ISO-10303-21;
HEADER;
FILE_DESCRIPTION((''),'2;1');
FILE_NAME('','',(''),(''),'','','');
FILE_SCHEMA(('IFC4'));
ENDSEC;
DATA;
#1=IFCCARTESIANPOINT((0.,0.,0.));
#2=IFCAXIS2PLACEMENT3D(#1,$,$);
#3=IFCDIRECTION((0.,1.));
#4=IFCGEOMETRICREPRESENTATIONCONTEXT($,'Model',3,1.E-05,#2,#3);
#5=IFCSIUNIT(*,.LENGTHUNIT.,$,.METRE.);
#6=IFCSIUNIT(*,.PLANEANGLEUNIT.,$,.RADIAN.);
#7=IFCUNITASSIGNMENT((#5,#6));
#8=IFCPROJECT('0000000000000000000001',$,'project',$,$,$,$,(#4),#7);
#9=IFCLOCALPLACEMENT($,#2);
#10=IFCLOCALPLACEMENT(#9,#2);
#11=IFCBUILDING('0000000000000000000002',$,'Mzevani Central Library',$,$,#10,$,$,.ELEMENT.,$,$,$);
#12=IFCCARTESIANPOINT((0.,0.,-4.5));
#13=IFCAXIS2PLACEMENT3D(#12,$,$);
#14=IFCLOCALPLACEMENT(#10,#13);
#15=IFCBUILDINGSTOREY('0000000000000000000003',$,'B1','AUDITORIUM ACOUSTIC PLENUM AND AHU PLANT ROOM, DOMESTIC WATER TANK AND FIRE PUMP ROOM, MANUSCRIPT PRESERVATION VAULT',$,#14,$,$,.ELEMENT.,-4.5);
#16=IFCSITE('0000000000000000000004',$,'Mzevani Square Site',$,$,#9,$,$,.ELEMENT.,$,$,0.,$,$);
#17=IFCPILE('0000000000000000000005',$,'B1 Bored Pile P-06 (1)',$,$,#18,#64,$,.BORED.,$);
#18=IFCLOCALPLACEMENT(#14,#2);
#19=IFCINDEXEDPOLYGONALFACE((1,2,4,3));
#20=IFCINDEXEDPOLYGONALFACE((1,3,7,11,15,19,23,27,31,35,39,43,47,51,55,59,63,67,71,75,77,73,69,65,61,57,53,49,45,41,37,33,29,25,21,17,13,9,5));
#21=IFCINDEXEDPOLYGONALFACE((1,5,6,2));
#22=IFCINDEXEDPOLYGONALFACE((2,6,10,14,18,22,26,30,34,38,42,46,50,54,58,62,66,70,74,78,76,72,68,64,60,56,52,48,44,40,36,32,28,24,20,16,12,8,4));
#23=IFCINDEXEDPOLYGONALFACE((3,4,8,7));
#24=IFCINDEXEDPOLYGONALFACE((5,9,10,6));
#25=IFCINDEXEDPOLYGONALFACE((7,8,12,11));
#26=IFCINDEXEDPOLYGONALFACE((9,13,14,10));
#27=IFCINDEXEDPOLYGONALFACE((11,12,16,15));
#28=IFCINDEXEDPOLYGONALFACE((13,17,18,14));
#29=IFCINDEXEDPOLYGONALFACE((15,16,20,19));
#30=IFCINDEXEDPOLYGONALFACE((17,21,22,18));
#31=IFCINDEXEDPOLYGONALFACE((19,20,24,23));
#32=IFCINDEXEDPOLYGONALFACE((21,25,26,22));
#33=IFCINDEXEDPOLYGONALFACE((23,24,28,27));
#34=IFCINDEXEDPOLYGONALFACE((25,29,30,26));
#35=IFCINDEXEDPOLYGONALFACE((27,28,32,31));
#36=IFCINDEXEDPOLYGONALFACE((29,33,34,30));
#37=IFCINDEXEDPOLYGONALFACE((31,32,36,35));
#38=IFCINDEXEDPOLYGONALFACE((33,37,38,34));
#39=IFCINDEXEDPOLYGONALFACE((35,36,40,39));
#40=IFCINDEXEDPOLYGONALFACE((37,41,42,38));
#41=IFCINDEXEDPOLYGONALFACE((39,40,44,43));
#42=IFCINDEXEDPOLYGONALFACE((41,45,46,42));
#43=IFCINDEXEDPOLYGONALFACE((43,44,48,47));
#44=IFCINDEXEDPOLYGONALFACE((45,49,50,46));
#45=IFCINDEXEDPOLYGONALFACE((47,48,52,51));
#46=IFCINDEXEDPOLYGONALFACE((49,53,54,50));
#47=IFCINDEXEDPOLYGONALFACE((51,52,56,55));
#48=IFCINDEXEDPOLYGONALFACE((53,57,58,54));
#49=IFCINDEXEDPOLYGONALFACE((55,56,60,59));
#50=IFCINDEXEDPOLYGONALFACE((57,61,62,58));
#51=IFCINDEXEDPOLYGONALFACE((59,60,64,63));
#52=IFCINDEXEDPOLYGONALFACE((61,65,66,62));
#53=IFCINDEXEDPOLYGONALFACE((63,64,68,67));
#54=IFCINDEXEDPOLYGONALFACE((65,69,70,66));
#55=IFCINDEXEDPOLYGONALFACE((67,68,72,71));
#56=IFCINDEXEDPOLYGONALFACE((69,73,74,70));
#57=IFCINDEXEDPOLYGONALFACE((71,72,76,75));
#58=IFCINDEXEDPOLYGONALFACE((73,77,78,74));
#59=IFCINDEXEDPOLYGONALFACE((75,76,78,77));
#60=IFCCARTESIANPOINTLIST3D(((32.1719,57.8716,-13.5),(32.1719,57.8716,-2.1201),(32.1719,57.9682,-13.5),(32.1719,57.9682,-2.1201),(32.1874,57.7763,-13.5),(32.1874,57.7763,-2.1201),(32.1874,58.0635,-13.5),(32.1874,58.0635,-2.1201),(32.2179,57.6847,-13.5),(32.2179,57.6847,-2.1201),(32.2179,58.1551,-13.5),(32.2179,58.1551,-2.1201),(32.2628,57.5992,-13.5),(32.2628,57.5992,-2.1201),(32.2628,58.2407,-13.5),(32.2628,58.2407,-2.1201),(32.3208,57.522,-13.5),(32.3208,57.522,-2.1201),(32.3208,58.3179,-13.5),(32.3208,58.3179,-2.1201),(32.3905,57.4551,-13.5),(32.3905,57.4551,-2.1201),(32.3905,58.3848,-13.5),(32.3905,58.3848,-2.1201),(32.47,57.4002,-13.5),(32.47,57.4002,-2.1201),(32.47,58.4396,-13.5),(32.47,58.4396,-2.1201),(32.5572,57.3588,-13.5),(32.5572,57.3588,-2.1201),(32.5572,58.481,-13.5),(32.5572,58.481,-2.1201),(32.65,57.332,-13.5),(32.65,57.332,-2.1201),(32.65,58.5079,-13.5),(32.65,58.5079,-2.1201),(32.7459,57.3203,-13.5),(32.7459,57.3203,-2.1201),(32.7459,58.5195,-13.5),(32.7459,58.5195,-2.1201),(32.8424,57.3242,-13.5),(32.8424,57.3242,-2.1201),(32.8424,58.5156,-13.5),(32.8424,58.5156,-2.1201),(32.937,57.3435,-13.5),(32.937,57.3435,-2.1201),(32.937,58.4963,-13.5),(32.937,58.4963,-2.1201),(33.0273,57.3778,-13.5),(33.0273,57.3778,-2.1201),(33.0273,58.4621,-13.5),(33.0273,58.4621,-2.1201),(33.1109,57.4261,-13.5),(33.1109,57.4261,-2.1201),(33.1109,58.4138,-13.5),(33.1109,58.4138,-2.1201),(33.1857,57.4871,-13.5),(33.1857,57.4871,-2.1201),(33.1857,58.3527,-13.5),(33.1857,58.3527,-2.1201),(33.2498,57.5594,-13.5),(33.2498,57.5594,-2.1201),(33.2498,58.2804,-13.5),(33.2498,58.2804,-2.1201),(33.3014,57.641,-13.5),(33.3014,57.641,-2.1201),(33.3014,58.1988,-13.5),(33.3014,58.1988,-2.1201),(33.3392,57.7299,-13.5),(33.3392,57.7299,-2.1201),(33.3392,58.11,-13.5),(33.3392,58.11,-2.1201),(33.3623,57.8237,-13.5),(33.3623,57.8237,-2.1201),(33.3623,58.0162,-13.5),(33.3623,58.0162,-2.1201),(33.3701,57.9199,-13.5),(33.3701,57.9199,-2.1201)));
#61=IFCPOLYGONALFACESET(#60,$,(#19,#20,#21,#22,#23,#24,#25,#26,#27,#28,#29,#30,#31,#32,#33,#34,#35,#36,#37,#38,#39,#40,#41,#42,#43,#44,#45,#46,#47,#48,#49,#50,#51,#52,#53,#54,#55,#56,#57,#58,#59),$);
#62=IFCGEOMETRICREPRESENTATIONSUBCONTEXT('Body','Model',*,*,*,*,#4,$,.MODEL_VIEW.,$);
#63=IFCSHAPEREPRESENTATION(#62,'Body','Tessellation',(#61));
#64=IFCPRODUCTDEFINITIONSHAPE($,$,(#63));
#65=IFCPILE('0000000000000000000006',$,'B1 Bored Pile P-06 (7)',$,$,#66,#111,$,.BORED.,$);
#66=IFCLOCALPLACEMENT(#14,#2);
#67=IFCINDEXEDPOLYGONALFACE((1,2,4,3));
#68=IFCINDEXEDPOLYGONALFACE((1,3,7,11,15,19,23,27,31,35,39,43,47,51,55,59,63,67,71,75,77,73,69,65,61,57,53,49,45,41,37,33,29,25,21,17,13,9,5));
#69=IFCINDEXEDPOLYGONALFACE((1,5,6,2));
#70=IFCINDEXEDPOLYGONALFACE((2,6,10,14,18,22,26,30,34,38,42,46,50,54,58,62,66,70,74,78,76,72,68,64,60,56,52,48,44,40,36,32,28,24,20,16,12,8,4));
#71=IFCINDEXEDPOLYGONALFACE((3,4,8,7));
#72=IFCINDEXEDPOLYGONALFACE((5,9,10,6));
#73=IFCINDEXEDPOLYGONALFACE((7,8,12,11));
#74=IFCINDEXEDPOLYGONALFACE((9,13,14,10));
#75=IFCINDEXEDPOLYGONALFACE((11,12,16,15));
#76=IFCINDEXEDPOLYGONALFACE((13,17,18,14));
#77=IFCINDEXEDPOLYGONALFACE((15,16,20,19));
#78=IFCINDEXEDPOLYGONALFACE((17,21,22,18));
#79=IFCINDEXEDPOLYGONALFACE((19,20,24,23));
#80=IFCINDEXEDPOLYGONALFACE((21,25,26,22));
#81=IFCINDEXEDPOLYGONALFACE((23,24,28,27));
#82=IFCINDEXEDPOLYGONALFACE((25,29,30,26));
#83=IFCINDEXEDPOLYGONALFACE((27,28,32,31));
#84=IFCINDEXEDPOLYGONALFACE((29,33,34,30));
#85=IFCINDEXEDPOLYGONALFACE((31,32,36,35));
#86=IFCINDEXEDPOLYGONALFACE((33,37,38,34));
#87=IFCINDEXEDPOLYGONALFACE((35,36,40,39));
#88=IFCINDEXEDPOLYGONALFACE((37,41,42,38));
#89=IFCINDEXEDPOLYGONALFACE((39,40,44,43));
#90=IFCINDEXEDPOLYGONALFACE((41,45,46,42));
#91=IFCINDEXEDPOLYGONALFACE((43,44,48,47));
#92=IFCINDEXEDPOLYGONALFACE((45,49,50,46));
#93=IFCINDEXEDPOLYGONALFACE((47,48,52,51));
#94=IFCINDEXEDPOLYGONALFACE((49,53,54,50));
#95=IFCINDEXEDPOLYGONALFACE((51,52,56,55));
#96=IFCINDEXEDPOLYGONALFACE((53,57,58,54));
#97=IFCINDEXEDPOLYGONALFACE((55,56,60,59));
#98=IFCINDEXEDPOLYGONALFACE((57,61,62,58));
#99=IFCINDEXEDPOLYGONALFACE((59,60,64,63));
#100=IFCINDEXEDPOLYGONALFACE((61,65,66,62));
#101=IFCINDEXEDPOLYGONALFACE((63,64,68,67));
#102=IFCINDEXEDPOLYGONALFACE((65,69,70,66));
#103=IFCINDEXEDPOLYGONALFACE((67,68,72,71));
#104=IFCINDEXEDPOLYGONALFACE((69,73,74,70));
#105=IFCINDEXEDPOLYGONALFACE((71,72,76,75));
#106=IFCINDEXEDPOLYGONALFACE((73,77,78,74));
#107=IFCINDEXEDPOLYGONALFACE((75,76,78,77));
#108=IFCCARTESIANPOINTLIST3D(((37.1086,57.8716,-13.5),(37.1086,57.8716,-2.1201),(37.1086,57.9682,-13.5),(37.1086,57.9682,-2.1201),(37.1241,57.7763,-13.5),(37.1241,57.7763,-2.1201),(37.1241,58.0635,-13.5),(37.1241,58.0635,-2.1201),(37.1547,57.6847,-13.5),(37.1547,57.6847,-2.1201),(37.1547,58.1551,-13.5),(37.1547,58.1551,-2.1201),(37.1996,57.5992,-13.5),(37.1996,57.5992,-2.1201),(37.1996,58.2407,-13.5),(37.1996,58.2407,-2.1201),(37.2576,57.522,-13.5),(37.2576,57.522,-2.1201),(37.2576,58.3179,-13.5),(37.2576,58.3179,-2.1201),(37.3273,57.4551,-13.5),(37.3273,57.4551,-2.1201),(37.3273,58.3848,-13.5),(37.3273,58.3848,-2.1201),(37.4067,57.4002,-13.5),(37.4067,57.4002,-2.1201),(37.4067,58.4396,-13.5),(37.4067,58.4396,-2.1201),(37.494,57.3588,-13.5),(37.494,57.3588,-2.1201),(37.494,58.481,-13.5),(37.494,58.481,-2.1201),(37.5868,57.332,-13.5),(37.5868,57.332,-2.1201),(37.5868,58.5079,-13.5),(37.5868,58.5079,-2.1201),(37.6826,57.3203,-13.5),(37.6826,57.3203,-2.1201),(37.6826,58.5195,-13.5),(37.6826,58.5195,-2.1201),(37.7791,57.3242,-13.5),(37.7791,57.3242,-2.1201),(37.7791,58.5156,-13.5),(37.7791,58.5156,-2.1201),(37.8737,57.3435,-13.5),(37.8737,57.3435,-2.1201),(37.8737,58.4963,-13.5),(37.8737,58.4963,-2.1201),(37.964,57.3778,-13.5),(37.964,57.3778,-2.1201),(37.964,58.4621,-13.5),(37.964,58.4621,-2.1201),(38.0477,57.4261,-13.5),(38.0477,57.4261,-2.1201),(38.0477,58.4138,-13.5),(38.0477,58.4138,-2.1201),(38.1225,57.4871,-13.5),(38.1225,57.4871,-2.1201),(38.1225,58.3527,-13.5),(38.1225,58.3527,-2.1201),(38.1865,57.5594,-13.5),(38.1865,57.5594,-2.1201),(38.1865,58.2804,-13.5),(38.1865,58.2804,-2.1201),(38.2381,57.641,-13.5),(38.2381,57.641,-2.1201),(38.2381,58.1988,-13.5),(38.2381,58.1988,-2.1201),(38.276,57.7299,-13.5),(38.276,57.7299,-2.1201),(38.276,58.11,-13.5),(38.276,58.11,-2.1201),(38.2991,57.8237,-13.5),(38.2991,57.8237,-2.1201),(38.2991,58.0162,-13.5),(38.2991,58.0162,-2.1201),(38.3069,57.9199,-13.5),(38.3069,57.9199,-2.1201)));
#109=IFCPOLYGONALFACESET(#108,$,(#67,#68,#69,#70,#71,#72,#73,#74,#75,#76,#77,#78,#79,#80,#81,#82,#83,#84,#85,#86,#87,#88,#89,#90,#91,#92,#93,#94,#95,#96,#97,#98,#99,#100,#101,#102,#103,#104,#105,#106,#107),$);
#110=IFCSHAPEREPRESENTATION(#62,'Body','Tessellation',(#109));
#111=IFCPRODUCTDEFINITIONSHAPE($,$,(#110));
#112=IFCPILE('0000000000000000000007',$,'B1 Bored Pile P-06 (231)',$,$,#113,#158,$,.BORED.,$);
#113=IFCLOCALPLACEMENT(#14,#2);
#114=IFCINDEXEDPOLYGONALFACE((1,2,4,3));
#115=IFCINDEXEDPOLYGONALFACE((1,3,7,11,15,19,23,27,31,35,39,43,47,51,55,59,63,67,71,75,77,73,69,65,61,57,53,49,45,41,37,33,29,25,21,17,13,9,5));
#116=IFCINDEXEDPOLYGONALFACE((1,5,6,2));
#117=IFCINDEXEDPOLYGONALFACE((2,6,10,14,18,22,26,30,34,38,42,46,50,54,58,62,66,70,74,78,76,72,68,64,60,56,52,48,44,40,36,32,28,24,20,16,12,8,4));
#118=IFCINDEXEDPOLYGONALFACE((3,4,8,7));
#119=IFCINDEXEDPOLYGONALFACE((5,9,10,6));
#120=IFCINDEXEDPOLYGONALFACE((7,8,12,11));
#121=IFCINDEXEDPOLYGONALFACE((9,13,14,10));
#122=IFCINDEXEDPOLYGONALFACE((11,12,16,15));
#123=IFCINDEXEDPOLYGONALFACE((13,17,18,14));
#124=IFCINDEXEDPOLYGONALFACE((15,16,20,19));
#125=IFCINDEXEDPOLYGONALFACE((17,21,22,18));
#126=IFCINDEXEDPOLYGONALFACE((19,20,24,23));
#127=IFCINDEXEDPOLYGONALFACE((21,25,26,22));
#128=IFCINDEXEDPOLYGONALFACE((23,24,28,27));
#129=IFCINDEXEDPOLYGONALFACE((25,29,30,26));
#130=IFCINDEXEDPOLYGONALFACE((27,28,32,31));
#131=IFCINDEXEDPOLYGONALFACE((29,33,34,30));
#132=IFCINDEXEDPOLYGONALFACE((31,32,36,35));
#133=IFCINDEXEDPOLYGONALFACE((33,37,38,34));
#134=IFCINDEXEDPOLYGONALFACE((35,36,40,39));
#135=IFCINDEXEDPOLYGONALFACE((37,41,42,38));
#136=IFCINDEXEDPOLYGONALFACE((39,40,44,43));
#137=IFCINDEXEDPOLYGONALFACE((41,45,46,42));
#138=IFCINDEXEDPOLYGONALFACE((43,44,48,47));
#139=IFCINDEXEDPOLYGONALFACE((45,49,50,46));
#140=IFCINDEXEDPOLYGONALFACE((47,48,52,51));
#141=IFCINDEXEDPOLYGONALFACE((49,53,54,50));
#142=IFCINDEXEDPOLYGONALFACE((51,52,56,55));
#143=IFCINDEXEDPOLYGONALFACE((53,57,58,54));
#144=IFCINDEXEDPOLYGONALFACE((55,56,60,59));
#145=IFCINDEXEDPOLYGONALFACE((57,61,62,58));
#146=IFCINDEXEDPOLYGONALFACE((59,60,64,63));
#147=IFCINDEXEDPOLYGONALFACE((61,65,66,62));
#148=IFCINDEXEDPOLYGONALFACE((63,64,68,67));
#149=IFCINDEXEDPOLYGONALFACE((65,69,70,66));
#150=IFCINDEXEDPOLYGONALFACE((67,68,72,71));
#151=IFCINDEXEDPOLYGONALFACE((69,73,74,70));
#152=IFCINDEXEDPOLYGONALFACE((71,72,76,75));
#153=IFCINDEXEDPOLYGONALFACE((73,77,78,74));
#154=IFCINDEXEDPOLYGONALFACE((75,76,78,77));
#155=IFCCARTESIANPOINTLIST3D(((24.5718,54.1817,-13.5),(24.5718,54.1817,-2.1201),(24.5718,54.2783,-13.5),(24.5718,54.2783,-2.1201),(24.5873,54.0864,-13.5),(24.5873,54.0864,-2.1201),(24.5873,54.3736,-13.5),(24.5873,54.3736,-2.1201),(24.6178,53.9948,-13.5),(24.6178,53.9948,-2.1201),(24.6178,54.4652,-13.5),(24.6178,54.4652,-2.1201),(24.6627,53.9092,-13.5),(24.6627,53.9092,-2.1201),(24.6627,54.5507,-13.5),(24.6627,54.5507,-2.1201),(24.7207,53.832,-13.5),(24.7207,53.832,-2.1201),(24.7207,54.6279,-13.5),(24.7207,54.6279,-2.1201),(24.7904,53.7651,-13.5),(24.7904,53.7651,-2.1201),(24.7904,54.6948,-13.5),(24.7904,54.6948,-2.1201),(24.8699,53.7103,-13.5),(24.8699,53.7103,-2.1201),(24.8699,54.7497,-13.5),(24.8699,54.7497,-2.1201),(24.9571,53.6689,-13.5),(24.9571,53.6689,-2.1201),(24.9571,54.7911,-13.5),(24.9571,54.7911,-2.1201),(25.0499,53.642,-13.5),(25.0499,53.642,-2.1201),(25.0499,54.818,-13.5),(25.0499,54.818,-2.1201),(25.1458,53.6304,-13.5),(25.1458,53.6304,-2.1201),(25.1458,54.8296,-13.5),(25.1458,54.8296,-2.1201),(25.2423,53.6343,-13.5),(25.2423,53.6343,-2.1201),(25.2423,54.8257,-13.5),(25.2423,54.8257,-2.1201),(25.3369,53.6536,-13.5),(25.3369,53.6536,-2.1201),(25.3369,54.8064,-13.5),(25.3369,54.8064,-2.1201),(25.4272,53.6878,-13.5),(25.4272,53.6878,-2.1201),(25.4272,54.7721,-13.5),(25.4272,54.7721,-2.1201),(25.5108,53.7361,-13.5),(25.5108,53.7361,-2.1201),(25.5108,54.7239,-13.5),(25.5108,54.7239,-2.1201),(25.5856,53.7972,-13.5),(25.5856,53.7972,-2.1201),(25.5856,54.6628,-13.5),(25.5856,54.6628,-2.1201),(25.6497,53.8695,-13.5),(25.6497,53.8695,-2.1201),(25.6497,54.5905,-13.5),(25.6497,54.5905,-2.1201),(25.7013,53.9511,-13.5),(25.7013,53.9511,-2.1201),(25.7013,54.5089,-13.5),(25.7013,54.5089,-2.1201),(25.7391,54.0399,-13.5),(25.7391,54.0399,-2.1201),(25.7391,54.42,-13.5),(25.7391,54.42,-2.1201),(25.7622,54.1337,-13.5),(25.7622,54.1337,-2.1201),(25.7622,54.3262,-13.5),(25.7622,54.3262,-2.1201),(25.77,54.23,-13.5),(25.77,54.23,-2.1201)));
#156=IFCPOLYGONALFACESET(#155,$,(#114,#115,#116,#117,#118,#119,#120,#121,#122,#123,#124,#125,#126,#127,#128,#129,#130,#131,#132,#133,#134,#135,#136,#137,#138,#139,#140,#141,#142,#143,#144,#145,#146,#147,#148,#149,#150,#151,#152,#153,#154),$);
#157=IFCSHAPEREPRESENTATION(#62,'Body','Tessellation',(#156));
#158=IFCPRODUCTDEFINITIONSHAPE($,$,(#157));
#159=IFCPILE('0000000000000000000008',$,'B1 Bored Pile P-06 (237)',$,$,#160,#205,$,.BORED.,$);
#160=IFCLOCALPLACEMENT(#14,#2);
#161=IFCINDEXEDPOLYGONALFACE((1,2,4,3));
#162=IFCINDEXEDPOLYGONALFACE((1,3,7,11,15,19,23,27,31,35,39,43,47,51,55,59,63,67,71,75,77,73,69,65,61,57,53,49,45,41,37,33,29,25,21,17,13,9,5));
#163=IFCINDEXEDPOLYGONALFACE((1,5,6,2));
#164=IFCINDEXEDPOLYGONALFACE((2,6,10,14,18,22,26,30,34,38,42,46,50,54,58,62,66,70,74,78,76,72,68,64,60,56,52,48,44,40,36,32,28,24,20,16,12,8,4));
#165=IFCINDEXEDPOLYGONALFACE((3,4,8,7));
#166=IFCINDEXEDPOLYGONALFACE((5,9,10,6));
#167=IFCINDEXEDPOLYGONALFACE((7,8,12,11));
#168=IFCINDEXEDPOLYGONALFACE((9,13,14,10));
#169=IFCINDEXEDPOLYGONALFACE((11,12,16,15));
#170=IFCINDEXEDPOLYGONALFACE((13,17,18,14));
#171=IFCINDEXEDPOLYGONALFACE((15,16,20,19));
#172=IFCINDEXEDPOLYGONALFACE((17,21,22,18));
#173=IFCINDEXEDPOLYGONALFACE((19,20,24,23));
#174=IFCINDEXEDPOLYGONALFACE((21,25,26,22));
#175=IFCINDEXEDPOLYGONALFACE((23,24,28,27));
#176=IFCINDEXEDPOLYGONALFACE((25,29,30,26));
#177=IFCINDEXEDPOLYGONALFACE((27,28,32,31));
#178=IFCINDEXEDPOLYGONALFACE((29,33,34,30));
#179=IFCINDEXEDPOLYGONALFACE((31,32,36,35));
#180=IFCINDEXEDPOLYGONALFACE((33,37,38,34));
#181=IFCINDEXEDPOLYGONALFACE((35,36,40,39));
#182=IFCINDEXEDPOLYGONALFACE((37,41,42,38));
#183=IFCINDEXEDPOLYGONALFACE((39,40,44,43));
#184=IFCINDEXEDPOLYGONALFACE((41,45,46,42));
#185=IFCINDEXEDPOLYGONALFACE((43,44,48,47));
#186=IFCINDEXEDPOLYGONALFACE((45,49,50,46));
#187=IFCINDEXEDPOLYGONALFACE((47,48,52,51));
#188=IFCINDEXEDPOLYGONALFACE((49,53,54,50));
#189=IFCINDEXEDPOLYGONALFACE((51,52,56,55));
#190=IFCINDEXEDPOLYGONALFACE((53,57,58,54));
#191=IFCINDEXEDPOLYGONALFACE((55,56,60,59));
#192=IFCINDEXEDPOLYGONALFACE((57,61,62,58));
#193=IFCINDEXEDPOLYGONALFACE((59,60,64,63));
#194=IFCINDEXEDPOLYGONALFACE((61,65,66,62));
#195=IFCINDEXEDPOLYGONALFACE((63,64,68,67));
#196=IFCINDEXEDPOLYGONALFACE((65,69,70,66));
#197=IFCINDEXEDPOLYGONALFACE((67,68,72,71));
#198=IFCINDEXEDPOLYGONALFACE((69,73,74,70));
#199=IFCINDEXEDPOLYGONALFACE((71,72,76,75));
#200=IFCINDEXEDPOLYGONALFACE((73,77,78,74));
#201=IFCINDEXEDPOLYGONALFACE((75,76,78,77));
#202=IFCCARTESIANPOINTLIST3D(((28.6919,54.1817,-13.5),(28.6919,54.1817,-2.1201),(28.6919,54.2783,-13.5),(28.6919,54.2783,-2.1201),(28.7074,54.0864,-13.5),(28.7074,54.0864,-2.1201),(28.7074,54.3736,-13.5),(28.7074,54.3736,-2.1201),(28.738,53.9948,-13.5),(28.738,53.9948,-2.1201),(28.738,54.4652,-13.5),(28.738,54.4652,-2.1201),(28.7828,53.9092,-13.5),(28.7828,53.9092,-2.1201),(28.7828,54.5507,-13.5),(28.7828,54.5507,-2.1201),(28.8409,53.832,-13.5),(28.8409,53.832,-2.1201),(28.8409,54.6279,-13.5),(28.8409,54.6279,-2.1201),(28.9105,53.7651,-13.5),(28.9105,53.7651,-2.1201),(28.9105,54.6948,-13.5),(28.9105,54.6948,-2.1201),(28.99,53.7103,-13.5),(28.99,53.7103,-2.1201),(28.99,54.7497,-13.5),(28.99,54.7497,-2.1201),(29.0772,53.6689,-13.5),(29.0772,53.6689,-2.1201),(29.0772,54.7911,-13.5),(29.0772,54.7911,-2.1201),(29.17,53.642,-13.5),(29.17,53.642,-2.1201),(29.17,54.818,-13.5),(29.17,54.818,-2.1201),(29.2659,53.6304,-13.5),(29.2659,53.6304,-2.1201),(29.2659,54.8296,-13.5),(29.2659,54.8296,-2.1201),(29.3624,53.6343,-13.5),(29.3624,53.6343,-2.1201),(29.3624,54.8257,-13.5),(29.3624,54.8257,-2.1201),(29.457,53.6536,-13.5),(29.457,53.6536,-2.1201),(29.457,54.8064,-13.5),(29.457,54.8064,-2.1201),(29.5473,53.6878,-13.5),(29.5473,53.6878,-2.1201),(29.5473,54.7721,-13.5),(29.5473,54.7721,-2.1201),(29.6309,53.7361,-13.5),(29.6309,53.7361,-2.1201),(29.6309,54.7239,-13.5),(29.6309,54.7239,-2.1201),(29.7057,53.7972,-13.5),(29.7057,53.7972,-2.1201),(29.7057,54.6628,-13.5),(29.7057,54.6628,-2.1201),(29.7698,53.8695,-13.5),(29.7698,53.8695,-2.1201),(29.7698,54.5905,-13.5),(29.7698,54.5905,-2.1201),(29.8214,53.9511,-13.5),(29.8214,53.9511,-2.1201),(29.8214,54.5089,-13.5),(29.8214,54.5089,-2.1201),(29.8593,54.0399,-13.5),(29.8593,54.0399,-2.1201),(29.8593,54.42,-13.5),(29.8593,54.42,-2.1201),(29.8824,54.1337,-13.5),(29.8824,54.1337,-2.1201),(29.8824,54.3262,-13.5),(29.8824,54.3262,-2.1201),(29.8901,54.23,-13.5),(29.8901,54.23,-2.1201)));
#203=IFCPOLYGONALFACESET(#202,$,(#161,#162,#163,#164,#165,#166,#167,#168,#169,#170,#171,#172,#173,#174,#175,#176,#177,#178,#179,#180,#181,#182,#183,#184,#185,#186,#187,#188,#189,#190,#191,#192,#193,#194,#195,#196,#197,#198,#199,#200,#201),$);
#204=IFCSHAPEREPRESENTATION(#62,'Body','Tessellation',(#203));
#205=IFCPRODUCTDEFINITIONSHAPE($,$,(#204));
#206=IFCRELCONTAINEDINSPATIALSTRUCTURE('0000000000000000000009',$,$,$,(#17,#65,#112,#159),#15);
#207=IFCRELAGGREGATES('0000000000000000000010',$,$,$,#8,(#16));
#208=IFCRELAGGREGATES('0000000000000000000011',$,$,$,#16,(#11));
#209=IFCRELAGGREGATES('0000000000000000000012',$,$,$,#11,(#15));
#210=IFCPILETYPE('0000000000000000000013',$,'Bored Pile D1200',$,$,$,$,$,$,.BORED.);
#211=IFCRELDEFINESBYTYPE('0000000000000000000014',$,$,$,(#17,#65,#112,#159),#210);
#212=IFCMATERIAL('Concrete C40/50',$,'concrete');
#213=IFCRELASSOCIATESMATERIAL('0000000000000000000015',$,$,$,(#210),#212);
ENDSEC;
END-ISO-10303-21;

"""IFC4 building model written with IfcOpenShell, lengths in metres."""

from ifc_helpers import new_model, si_unit, direction, frame, origin, origin_2d, place, context, subcontext, project, spatial, circle, extrude, material, material_profile, profile_set, type_object, element, save


model = new_model("IFC4")

# Units and contexts
model_context = context("Model", 3, precision=1e-05, world=origin(), true_north=direction((0.0, 1.0)))
body_context = subcontext(model_context, "Body", "Model", "MODEL_VIEW")
ifc_project = project(units=[si_unit("LENGTHUNIT", "METRE"), si_unit("PLANEANGLEUNIT", "RADIAN")], contexts=[model_context])

# Site, building, storey
site_placement = place(None, origin())
site = spatial("IfcSite", under=ifc_project, at=site_placement, Name="Mzevani Square Site", CompositionType="ELEMENT", RefElevation=0.0)
building_placement = place(site_placement, origin())
building = spatial("IfcBuilding", under=site, at=building_placement, Name="Mzevani Central Library", CompositionType="ELEMENT")
storey_placement = place(building_placement, frame((0.0, 0.0, -4.5)))
storey = spatial("IfcBuildingStorey", under=building, at=storey_placement, Name="B1", Description="AUDITORIUM ACOUSTIC PLENUM AND AHU PLANT ROOM, DOMESTIC WATER TANK AND FIRE PUMP ROOM, MANUSCRIPT PRESERVATION VAULT", CompositionType="ELEMENT", Elevation=-4.5)

# Piles
ifc_material_1 = material(Name="Concrete C40/50", Category="concrete")
ifc_material_profile_1 = material_profile(ifc_material_1, circle(Radius=0.6001, at=origin_2d()), Name="PILE D1200")
ifc_profile_set_1 = profile_set([ifc_material_profile_1], Name="Concrete C40/50")
pile_type_1 = type_object("IfcPileType", Name="Bored Pile D1200", PredefinedType="BORED", material=ifc_profile_set_1)
for number, where, z_axis, x_axis, name in (
    (1, (32.77, 57.9199, -2.1201), (0.0, 0.0, -1.0), (1.0, 0.0, 0.0), "B1 Bored Pile P-06 (1)"),
    (2, (37.7068, 57.9199, -2.1201), (0.0, 0.0, -1.0), (1.0, 0.0, 0.0), "B1 Bored Pile P-06 (7)"),
    (3, (25.1699, 54.23, -2.1201), (0.0, 0.0, -1.0), (1.0, 0.0, 0.0), "B1 Bored Pile P-06 (231)"),
    (4, (29.29, 54.23, -2.1201), (0.0, 0.0, -1.0), (1.0, 0.0, 0.0), "B1 Bored Pile P-06 (237)"),
):
    element("IfcPile", number, at=place(storey_placement, frame(where, z_axis=z_axis, x_axis=x_axis)), inside=storey, type_object=pile_type_1, Name=name, PredefinedType="BORED", context=body_context, shape_type="SweptSolid", body=[
        extrude(circle(Radius=0.6001, at=origin_2d()), origin(), (0.0, 0.0, 1.0), 11.3799),
    ])

save(model, "model.ifc")
